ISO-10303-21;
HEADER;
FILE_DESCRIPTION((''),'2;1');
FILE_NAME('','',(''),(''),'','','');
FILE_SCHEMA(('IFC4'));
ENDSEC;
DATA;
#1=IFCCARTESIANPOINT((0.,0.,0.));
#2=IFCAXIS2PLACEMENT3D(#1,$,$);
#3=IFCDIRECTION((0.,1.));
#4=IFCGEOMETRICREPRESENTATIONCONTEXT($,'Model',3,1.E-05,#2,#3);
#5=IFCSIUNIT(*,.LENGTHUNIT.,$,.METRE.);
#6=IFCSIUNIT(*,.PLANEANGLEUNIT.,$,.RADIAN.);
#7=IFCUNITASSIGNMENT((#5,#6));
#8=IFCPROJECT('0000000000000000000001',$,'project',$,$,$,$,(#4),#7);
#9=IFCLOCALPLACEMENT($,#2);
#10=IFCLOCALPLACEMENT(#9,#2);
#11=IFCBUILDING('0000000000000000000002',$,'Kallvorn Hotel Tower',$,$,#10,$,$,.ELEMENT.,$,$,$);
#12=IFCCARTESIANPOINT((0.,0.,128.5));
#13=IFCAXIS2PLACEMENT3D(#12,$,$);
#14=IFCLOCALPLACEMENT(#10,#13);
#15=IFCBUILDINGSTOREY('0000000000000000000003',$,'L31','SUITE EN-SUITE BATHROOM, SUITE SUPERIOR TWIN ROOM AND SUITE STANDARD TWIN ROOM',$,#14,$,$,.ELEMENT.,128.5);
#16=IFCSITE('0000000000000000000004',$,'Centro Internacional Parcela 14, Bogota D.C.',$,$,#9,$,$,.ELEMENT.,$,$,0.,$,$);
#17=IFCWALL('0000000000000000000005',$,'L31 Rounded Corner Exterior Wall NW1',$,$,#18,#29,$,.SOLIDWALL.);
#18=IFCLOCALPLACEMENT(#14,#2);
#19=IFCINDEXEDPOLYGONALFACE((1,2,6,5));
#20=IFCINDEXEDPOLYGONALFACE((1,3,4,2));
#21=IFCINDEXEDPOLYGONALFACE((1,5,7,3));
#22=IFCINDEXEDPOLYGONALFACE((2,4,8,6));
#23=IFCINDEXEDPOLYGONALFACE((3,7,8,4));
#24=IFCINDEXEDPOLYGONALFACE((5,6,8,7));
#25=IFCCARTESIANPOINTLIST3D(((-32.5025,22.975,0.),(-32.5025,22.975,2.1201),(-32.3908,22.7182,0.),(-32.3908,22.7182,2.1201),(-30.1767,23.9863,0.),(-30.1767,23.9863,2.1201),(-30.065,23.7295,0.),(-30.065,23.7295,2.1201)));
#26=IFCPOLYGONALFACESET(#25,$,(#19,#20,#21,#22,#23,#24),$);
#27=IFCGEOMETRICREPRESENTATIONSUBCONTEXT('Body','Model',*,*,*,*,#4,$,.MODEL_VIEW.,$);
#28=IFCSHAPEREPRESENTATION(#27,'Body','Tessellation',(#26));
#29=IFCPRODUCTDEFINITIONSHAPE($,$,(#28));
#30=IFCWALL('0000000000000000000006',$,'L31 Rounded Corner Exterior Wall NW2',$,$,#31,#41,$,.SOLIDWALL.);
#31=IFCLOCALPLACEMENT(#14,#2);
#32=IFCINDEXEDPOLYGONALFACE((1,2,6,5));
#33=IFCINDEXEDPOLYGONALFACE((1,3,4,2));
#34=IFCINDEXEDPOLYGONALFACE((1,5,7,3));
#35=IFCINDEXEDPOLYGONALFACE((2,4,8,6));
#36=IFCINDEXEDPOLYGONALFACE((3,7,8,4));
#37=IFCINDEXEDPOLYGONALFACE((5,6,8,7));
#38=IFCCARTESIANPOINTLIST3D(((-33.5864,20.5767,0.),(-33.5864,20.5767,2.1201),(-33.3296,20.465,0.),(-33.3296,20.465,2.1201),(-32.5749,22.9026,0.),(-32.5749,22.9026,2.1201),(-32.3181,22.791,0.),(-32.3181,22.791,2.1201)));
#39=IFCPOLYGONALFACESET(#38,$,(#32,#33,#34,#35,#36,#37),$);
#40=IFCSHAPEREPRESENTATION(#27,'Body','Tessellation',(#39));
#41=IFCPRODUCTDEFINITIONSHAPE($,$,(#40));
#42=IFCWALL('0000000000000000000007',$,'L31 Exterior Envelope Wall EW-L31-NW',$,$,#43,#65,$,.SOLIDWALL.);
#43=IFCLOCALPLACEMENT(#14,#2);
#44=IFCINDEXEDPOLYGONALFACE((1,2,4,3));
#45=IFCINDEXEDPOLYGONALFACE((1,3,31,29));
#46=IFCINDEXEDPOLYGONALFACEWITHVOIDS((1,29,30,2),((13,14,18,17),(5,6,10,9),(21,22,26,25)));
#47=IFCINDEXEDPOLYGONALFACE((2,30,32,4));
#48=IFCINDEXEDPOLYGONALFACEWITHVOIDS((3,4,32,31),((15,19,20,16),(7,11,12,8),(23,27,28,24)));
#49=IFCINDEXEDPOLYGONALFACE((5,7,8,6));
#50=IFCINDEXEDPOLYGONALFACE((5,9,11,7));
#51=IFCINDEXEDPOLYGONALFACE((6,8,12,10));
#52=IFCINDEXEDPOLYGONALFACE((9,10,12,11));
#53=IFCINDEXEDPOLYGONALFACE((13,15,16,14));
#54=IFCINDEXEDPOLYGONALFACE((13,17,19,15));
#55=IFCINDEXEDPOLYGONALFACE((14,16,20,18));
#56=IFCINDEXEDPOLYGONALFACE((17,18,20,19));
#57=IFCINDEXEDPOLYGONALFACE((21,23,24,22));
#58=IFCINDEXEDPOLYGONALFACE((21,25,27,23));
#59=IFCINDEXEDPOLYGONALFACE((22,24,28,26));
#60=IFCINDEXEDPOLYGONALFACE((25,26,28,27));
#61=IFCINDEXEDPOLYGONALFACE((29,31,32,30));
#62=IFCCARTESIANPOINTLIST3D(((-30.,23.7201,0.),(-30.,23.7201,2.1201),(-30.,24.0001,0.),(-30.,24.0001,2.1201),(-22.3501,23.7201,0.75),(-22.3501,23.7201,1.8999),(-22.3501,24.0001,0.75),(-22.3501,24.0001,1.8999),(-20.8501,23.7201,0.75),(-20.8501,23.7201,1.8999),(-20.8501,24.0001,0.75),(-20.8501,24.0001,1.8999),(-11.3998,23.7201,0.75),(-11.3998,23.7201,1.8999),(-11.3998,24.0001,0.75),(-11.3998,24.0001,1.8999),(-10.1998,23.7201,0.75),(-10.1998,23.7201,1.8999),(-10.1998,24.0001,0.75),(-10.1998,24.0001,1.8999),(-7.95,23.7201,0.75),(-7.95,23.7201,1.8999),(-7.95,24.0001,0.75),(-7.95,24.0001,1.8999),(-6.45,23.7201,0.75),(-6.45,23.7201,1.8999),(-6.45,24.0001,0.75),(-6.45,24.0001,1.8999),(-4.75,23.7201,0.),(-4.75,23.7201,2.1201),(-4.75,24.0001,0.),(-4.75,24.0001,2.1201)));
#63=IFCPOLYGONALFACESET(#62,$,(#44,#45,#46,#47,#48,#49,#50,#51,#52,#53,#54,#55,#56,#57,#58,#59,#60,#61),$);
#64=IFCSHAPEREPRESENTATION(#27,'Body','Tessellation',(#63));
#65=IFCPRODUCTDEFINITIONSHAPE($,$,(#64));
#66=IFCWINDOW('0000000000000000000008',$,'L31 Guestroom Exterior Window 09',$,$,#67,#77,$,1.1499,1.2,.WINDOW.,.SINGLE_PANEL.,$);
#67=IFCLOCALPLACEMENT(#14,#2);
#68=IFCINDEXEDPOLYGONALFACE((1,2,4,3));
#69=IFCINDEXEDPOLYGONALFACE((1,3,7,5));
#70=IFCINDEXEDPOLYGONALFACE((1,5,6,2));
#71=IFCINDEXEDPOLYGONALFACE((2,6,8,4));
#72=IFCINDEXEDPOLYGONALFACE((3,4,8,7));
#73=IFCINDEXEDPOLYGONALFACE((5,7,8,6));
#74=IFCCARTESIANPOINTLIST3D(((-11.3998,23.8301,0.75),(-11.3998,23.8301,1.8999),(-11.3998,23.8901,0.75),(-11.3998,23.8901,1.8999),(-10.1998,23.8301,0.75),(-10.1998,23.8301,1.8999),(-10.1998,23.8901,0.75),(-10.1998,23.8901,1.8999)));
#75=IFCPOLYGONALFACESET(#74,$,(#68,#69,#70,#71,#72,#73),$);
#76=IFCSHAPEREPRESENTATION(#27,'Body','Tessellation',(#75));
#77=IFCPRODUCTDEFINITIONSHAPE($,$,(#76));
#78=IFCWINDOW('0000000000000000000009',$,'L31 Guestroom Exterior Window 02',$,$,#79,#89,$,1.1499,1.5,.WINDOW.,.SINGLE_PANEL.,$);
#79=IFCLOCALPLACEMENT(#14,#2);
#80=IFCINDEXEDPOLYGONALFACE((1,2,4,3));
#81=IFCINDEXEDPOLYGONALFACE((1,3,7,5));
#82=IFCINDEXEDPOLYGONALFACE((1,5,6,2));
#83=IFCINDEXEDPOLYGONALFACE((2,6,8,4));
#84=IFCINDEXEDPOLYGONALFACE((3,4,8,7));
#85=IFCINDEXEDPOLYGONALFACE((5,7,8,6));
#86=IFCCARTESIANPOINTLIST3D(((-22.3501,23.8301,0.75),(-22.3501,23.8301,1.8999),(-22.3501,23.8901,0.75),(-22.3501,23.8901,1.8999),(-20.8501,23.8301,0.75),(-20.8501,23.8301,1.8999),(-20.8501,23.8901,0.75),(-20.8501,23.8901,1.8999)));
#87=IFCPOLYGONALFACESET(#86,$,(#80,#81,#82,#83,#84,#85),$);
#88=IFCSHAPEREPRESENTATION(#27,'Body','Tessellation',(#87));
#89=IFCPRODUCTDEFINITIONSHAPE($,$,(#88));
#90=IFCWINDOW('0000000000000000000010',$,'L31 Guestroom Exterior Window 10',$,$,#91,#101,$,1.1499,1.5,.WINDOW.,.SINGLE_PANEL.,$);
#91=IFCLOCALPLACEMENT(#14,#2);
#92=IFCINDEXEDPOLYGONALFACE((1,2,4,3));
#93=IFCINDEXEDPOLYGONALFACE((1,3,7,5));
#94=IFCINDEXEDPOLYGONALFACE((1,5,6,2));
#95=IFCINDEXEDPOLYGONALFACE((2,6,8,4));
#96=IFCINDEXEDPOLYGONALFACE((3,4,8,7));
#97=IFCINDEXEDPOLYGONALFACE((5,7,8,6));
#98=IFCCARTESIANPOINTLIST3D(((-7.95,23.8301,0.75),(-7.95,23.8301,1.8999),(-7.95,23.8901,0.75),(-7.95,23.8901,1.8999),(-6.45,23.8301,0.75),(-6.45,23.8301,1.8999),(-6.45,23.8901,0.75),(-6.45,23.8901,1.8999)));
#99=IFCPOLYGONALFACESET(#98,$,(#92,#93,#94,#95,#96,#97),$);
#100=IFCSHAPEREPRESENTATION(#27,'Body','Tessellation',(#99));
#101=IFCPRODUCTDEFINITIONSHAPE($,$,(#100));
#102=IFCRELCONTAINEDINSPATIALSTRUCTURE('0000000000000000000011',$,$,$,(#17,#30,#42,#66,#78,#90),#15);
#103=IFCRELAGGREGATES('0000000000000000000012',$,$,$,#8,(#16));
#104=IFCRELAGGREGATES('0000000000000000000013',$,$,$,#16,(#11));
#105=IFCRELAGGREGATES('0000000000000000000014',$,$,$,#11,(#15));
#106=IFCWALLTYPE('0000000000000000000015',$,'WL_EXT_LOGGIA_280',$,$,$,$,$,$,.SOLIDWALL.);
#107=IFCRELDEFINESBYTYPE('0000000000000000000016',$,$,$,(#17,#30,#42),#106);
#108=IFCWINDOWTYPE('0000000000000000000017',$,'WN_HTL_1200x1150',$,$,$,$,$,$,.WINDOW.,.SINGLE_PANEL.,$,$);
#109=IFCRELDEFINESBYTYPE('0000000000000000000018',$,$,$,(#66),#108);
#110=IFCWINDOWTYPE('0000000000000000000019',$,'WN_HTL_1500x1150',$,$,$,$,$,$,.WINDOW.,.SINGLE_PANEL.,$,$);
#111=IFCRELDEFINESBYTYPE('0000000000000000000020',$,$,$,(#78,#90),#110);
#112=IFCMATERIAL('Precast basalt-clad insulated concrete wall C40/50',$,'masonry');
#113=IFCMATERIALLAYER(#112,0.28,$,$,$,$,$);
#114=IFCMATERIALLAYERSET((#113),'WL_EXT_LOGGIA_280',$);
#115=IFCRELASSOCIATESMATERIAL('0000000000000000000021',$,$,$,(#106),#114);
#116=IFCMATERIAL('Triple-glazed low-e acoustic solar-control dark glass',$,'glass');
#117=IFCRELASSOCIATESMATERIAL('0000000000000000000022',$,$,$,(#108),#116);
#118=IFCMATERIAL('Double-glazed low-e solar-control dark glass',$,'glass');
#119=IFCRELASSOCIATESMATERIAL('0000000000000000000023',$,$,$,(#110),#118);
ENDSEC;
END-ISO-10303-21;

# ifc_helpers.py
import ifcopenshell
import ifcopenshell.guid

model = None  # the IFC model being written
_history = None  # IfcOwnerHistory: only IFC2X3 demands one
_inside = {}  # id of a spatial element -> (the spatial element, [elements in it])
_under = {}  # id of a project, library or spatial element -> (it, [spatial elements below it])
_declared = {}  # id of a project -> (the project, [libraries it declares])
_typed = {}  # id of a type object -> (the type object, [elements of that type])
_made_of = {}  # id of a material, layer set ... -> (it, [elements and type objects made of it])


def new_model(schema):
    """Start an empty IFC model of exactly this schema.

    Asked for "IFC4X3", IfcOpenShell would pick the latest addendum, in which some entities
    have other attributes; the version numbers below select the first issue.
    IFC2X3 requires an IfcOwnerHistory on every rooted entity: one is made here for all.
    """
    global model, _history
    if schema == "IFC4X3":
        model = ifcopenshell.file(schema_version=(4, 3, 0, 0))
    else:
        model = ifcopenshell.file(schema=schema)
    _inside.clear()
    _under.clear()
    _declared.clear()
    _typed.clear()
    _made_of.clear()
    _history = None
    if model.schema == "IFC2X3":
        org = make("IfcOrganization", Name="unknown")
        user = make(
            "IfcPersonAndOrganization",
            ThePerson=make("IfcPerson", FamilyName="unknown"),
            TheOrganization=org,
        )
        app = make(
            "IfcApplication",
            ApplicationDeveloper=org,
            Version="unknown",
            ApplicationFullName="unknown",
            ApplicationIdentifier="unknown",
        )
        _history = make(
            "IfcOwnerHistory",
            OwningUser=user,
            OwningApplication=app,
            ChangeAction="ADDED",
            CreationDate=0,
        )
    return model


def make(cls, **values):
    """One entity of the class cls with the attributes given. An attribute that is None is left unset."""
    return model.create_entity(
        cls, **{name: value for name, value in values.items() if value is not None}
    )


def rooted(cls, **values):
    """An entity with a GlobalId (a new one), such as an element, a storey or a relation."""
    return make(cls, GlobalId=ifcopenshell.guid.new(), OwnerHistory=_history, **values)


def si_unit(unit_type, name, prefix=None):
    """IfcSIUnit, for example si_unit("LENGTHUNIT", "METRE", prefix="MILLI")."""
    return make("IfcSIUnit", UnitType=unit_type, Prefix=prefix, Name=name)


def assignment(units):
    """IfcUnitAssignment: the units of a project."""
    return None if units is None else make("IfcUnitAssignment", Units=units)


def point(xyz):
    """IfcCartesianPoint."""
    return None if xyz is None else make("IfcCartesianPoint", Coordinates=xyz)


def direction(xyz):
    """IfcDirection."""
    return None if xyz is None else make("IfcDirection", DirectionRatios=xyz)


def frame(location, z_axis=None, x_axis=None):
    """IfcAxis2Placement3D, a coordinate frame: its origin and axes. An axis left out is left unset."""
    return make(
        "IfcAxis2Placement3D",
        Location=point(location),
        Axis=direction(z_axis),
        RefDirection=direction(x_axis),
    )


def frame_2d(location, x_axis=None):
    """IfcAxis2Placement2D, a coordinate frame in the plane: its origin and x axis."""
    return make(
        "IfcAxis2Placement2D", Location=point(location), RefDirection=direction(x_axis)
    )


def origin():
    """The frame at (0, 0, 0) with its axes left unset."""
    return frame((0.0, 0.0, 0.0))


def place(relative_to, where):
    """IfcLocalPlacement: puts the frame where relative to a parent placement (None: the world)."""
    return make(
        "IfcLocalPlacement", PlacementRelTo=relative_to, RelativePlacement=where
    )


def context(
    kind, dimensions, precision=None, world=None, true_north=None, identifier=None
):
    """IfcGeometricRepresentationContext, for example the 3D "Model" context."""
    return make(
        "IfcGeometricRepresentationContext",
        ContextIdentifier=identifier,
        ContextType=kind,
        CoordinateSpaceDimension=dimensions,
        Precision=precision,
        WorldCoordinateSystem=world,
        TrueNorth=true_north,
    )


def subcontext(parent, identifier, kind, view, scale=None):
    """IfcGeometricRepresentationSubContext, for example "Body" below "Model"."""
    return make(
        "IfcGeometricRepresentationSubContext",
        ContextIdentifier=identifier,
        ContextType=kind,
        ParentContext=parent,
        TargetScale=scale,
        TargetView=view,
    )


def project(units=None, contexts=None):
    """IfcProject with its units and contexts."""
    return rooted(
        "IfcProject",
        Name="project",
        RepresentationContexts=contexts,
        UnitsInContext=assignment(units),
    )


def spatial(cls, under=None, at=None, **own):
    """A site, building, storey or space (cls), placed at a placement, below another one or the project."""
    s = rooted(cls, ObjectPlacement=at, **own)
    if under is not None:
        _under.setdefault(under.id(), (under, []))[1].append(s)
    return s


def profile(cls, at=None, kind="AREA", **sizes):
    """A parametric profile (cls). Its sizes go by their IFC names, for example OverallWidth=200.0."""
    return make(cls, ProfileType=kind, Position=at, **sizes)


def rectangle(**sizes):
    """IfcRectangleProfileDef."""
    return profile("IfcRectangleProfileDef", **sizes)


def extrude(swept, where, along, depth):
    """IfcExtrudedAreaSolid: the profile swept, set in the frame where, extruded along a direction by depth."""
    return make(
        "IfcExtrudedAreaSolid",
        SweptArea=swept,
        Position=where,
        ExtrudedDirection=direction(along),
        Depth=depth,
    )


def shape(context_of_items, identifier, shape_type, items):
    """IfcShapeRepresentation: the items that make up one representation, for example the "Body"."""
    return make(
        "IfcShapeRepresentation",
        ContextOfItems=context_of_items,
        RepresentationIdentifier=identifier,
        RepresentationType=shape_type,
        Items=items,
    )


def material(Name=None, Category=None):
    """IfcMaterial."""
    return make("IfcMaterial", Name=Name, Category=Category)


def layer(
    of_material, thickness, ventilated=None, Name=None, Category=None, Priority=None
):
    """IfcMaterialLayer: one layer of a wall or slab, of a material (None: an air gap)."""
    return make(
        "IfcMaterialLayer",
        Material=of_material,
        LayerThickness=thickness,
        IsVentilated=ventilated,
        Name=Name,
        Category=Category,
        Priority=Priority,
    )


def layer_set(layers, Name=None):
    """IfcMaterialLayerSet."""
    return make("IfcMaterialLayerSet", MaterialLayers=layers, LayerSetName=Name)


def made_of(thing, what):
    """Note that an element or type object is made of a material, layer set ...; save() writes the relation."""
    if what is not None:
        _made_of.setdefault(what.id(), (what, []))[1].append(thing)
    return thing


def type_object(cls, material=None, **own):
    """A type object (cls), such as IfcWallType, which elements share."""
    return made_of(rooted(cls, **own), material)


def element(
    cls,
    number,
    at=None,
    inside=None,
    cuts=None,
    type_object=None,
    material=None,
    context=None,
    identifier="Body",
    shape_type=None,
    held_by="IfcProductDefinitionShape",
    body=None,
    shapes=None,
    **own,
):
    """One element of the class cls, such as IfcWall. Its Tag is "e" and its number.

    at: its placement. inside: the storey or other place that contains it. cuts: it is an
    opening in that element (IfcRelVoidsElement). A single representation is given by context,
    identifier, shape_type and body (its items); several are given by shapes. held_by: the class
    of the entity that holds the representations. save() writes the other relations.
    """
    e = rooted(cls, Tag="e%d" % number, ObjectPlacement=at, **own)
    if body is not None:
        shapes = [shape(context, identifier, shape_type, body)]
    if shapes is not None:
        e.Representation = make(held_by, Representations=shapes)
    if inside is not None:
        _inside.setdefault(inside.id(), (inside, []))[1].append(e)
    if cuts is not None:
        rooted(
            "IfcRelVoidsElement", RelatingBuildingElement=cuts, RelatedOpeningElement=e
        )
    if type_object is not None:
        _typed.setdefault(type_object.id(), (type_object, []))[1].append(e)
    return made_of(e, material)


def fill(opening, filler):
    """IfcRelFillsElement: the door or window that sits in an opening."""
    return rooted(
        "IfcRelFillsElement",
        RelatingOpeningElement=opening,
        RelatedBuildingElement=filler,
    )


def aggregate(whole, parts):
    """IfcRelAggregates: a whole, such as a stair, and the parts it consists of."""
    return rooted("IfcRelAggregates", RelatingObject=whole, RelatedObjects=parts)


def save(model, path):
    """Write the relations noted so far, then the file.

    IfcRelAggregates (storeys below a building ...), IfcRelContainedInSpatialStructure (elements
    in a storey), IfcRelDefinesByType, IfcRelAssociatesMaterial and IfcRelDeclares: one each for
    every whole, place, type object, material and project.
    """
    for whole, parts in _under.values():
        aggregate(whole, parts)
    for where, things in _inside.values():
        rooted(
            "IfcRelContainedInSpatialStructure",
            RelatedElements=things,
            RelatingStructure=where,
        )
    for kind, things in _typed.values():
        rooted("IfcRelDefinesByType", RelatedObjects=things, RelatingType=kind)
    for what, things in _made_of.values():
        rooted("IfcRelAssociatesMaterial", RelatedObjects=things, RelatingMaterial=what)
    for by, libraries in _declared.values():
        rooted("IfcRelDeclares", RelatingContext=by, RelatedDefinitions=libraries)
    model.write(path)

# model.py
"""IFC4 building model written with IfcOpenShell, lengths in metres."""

from ifc_helpers import new_model, si_unit, direction, frame, frame_2d, origin, place, context, subcontext, project, spatial, rectangle, extrude, material, layer, layer_set, type_object, element, fill, save


model = new_model("IFC4")

# Units and contexts
model_context = context("Model", 3, precision=1e-05, world=origin(), true_north=direction((0.0, 1.0)))
body_context = subcontext(model_context, "Body", "Model", "MODEL_VIEW")
ifc_project = project(units=[si_unit("LENGTHUNIT", "METRE"), si_unit("PLANEANGLEUNIT", "RADIAN")], contexts=[model_context])

# Site, building, storey
site_placement = place(None, origin())
site = spatial("IfcSite", under=ifc_project, at=site_placement, Name="Centro Internacional Parcela 14, Bogota D.C.", CompositionType="ELEMENT", RefElevation=0.0)
building_placement = place(site_placement, origin())
building = spatial("IfcBuilding", under=site, at=building_placement, Name="Kallvorn Hotel Tower", CompositionType="ELEMENT")
storey_placement = place(building_placement, frame((0.0, 0.0, 128.5)))
storey = spatial("IfcBuildingStorey", under=building, at=storey_placement, Name="L31", Description="SUITE EN-SUITE BATHROOM, SUITE SUPERIOR TWIN ROOM AND SUITE STANDARD TWIN ROOM", CompositionType="ELEMENT", Elevation=128.5)

# Walls
ifc_material_1 = material(Name="Precast basalt-clad insulated concrete wall C40/50", Category="masonry")
ifc_layer_1 = layer(ifc_material_1, 0.28)
ifc_layer_set_1 = layer_set([ifc_layer_1], Name="WL_EXT_LOGGIA_280")
wall_type = type_object("IfcWallType", Name="WL_EXT_LOGGIA_280", PredefinedType="SOLIDWALL", material=ifc_layer_set_1)
wall_1_placement = place(storey_placement, frame((-30.1208, 23.8579, 0.0), z_axis=(0.0, 0.0, 1.0), x_axis=(-0.917061, -0.398747, 0.0)))
element("IfcWall", 1, at=wall_1_placement, inside=storey, type_object=wall_type, Name="L31 Rounded Corner Exterior Wall NW1", PredefinedType="SOLIDWALL", context=body_context, shape_type="SweptSolid", body=[
    extrude(rectangle(XDim=2.5361, YDim=0.28, at=frame_2d((1.2681, 0.0))), origin(), (0.0, 0.0, 1.0), 2.1201),
])
wall_2_placement = place(storey_placement, frame((-32.4465, 22.8467, 0.0), z_axis=(0.0, 0.0, 1.0), x_axis=(-0.398793, -0.917041, 0.0)))
element("IfcWall", 2, at=wall_2_placement, inside=storey, type_object=wall_type, Name="L31 Rounded Corner Exterior Wall NW2", PredefinedType="SOLIDWALL", context=body_context, shape_type="SweptSolid", body=[
    extrude(rectangle(XDim=2.5364, YDim=0.28, at=frame_2d((1.2681, 0.0))), origin(), (0.0, 0.0, 1.0), 2.1201),
])

# Wall, openings, windows
wall_3_placement = place(storey_placement, frame((-30.0, 23.8601, 0.0), z_axis=(0.0, 0.0, 1.0), x_axis=(1.0, 0.0, 0.0)))
wall_3 = element("IfcWall", 3, at=wall_3_placement, inside=storey, type_object=wall_type, Name="L31 Exterior Envelope Wall EW-L31-NW", PredefinedType="SOLIDWALL", context=body_context, shape_type="SweptSolid", body=[
    extrude(rectangle(XDim=25.25, YDim=0.28, at=frame_2d((12.625, 0.0))), origin(), (0.0, 0.0, 1.0), 2.1201),
])
opening_1_placement = place(wall_3_placement, frame((7.6499, 0.0, 0.75)))
opening_1 = element("IfcOpeningElement", 4, at=opening_1_placement, cuts=wall_3, PredefinedType="OPENING", context=body_context, shape_type="SweptSolid", body=[
    extrude(rectangle(XDim=1.5, YDim=1.1499, at=frame_2d((0.75, 0.575))), frame((0.0, 0.155, 0.0), z_axis=(0.0, -1.0, 0.0), x_axis=(1.0, 0.0, 0.0)), (0.0, 0.0, 1.0), 0.3101),
])
opening_2_placement = place(wall_3_placement, frame((18.6001, 0.0, 0.75)))
opening_2 = element("IfcOpeningElement", 5, at=opening_2_placement, cuts=wall_3, PredefinedType="OPENING", context=body_context, shape_type="SweptSolid", body=[
    extrude(rectangle(XDim=1.2, YDim=1.1499, at=frame_2d((0.6001, 0.575))), frame((0.0, 0.155, 0.0), z_axis=(0.0, -1.0, 0.0), x_axis=(1.0, 0.0, 0.0)), (0.0, 0.0, 1.0), 0.3101),
])
opening_3_placement = place(wall_3_placement, frame((22.05, 0.0, 0.75)))
opening_3 = element("IfcOpeningElement", 6, at=opening_3_placement, cuts=wall_3, PredefinedType="OPENING", context=body_context, shape_type="SweptSolid", body=[
    extrude(rectangle(XDim=1.5, YDim=1.1499, at=frame_2d((0.75, 0.575))), frame((0.0, 0.155, 0.0), z_axis=(0.0, -1.0, 0.0), x_axis=(1.0, 0.0, 0.0)), (0.0, 0.0, 1.0), 0.3101),
])
ifc_material_2 = material(Name="Triple-glazed low-e acoustic solar-control dark glass", Category="glass")
window_type_1 = type_object("IfcWindowType", Name="WN_HTL_1200x1150", PartitioningType="SINGLE_PANEL", PredefinedType="WINDOW", material=ifc_material_2)
window_1_placement = place(opening_2_placement, origin())
window_1 = element("IfcWindow", 7, at=window_1_placement, inside=storey, type_object=window_type_1, Name="L31 Guestroom Exterior Window 09", OverallHeight=1.1499, OverallWidth=1.2, PartitioningType="SINGLE_PANEL", PredefinedType="WINDOW", context=body_context, shape_type="SweptSolid", body=[
    extrude(rectangle(XDim=1.2, YDim=1.1499, at=frame_2d((0.6001, 0.575))), frame((0.0, 0.03, 0.0), z_axis=(0.0, -1.0, 0.0), x_axis=(1.0, 0.0, 0.0)), (0.0, 0.0, 1.0), 0.0601),
])
fill(opening_2, window_1)
ifc_material_3 = material(Name="Double-glazed low-e solar-control dark glass", Category="glass")
window_type_2 = type_object("IfcWindowType", Name="WN_HTL_1500x1150", PartitioningType="SINGLE_PANEL", PredefinedType="WINDOW", material=ifc_material_3)
window_2_placement = place(opening_1_placement, origin())
window_2 = element("IfcWindow", 8, at=window_2_placement, inside=storey, type_object=window_type_2, Name="L31 Guestroom Exterior Window 02", OverallHeight=1.1499, OverallWidth=1.5, PartitioningType="SINGLE_PANEL", PredefinedType="WINDOW", context=body_context, shape_type="SweptSolid", body=[
    extrude(rectangle(XDim=1.5, YDim=1.1499, at=frame_2d((0.75, 0.575))), frame((0.0, 0.03, 0.0), z_axis=(0.0, -1.0, 0.0), x_axis=(1.0, 0.0, 0.0)), (0.0, 0.0, 1.0), 0.0601),
])
fill(opening_1, window_2)
window_3_placement = place(opening_3_placement, origin())
window_3 = element("IfcWindow", 9, at=window_3_placement, inside=storey, type_object=window_type_2, Name="L31 Guestroom Exterior Window 10", OverallHeight=1.1499, OverallWidth=1.5, PartitioningType="SINGLE_PANEL", PredefinedType="WINDOW", context=body_context, shape_type="SweptSolid", body=[
    extrude(rectangle(XDim=1.5, YDim=1.1499, at=frame_2d((0.75, 0.575))), frame((0.0, 0.03, 0.0), z_axis=(0.0, -1.0, 0.0), x_axis=(1.0, 0.0, 0.0)), (0.0, 0.0, 1.0), 0.0601),
])
fill(opening_3, window_3)

save(model, "model.ifc")
